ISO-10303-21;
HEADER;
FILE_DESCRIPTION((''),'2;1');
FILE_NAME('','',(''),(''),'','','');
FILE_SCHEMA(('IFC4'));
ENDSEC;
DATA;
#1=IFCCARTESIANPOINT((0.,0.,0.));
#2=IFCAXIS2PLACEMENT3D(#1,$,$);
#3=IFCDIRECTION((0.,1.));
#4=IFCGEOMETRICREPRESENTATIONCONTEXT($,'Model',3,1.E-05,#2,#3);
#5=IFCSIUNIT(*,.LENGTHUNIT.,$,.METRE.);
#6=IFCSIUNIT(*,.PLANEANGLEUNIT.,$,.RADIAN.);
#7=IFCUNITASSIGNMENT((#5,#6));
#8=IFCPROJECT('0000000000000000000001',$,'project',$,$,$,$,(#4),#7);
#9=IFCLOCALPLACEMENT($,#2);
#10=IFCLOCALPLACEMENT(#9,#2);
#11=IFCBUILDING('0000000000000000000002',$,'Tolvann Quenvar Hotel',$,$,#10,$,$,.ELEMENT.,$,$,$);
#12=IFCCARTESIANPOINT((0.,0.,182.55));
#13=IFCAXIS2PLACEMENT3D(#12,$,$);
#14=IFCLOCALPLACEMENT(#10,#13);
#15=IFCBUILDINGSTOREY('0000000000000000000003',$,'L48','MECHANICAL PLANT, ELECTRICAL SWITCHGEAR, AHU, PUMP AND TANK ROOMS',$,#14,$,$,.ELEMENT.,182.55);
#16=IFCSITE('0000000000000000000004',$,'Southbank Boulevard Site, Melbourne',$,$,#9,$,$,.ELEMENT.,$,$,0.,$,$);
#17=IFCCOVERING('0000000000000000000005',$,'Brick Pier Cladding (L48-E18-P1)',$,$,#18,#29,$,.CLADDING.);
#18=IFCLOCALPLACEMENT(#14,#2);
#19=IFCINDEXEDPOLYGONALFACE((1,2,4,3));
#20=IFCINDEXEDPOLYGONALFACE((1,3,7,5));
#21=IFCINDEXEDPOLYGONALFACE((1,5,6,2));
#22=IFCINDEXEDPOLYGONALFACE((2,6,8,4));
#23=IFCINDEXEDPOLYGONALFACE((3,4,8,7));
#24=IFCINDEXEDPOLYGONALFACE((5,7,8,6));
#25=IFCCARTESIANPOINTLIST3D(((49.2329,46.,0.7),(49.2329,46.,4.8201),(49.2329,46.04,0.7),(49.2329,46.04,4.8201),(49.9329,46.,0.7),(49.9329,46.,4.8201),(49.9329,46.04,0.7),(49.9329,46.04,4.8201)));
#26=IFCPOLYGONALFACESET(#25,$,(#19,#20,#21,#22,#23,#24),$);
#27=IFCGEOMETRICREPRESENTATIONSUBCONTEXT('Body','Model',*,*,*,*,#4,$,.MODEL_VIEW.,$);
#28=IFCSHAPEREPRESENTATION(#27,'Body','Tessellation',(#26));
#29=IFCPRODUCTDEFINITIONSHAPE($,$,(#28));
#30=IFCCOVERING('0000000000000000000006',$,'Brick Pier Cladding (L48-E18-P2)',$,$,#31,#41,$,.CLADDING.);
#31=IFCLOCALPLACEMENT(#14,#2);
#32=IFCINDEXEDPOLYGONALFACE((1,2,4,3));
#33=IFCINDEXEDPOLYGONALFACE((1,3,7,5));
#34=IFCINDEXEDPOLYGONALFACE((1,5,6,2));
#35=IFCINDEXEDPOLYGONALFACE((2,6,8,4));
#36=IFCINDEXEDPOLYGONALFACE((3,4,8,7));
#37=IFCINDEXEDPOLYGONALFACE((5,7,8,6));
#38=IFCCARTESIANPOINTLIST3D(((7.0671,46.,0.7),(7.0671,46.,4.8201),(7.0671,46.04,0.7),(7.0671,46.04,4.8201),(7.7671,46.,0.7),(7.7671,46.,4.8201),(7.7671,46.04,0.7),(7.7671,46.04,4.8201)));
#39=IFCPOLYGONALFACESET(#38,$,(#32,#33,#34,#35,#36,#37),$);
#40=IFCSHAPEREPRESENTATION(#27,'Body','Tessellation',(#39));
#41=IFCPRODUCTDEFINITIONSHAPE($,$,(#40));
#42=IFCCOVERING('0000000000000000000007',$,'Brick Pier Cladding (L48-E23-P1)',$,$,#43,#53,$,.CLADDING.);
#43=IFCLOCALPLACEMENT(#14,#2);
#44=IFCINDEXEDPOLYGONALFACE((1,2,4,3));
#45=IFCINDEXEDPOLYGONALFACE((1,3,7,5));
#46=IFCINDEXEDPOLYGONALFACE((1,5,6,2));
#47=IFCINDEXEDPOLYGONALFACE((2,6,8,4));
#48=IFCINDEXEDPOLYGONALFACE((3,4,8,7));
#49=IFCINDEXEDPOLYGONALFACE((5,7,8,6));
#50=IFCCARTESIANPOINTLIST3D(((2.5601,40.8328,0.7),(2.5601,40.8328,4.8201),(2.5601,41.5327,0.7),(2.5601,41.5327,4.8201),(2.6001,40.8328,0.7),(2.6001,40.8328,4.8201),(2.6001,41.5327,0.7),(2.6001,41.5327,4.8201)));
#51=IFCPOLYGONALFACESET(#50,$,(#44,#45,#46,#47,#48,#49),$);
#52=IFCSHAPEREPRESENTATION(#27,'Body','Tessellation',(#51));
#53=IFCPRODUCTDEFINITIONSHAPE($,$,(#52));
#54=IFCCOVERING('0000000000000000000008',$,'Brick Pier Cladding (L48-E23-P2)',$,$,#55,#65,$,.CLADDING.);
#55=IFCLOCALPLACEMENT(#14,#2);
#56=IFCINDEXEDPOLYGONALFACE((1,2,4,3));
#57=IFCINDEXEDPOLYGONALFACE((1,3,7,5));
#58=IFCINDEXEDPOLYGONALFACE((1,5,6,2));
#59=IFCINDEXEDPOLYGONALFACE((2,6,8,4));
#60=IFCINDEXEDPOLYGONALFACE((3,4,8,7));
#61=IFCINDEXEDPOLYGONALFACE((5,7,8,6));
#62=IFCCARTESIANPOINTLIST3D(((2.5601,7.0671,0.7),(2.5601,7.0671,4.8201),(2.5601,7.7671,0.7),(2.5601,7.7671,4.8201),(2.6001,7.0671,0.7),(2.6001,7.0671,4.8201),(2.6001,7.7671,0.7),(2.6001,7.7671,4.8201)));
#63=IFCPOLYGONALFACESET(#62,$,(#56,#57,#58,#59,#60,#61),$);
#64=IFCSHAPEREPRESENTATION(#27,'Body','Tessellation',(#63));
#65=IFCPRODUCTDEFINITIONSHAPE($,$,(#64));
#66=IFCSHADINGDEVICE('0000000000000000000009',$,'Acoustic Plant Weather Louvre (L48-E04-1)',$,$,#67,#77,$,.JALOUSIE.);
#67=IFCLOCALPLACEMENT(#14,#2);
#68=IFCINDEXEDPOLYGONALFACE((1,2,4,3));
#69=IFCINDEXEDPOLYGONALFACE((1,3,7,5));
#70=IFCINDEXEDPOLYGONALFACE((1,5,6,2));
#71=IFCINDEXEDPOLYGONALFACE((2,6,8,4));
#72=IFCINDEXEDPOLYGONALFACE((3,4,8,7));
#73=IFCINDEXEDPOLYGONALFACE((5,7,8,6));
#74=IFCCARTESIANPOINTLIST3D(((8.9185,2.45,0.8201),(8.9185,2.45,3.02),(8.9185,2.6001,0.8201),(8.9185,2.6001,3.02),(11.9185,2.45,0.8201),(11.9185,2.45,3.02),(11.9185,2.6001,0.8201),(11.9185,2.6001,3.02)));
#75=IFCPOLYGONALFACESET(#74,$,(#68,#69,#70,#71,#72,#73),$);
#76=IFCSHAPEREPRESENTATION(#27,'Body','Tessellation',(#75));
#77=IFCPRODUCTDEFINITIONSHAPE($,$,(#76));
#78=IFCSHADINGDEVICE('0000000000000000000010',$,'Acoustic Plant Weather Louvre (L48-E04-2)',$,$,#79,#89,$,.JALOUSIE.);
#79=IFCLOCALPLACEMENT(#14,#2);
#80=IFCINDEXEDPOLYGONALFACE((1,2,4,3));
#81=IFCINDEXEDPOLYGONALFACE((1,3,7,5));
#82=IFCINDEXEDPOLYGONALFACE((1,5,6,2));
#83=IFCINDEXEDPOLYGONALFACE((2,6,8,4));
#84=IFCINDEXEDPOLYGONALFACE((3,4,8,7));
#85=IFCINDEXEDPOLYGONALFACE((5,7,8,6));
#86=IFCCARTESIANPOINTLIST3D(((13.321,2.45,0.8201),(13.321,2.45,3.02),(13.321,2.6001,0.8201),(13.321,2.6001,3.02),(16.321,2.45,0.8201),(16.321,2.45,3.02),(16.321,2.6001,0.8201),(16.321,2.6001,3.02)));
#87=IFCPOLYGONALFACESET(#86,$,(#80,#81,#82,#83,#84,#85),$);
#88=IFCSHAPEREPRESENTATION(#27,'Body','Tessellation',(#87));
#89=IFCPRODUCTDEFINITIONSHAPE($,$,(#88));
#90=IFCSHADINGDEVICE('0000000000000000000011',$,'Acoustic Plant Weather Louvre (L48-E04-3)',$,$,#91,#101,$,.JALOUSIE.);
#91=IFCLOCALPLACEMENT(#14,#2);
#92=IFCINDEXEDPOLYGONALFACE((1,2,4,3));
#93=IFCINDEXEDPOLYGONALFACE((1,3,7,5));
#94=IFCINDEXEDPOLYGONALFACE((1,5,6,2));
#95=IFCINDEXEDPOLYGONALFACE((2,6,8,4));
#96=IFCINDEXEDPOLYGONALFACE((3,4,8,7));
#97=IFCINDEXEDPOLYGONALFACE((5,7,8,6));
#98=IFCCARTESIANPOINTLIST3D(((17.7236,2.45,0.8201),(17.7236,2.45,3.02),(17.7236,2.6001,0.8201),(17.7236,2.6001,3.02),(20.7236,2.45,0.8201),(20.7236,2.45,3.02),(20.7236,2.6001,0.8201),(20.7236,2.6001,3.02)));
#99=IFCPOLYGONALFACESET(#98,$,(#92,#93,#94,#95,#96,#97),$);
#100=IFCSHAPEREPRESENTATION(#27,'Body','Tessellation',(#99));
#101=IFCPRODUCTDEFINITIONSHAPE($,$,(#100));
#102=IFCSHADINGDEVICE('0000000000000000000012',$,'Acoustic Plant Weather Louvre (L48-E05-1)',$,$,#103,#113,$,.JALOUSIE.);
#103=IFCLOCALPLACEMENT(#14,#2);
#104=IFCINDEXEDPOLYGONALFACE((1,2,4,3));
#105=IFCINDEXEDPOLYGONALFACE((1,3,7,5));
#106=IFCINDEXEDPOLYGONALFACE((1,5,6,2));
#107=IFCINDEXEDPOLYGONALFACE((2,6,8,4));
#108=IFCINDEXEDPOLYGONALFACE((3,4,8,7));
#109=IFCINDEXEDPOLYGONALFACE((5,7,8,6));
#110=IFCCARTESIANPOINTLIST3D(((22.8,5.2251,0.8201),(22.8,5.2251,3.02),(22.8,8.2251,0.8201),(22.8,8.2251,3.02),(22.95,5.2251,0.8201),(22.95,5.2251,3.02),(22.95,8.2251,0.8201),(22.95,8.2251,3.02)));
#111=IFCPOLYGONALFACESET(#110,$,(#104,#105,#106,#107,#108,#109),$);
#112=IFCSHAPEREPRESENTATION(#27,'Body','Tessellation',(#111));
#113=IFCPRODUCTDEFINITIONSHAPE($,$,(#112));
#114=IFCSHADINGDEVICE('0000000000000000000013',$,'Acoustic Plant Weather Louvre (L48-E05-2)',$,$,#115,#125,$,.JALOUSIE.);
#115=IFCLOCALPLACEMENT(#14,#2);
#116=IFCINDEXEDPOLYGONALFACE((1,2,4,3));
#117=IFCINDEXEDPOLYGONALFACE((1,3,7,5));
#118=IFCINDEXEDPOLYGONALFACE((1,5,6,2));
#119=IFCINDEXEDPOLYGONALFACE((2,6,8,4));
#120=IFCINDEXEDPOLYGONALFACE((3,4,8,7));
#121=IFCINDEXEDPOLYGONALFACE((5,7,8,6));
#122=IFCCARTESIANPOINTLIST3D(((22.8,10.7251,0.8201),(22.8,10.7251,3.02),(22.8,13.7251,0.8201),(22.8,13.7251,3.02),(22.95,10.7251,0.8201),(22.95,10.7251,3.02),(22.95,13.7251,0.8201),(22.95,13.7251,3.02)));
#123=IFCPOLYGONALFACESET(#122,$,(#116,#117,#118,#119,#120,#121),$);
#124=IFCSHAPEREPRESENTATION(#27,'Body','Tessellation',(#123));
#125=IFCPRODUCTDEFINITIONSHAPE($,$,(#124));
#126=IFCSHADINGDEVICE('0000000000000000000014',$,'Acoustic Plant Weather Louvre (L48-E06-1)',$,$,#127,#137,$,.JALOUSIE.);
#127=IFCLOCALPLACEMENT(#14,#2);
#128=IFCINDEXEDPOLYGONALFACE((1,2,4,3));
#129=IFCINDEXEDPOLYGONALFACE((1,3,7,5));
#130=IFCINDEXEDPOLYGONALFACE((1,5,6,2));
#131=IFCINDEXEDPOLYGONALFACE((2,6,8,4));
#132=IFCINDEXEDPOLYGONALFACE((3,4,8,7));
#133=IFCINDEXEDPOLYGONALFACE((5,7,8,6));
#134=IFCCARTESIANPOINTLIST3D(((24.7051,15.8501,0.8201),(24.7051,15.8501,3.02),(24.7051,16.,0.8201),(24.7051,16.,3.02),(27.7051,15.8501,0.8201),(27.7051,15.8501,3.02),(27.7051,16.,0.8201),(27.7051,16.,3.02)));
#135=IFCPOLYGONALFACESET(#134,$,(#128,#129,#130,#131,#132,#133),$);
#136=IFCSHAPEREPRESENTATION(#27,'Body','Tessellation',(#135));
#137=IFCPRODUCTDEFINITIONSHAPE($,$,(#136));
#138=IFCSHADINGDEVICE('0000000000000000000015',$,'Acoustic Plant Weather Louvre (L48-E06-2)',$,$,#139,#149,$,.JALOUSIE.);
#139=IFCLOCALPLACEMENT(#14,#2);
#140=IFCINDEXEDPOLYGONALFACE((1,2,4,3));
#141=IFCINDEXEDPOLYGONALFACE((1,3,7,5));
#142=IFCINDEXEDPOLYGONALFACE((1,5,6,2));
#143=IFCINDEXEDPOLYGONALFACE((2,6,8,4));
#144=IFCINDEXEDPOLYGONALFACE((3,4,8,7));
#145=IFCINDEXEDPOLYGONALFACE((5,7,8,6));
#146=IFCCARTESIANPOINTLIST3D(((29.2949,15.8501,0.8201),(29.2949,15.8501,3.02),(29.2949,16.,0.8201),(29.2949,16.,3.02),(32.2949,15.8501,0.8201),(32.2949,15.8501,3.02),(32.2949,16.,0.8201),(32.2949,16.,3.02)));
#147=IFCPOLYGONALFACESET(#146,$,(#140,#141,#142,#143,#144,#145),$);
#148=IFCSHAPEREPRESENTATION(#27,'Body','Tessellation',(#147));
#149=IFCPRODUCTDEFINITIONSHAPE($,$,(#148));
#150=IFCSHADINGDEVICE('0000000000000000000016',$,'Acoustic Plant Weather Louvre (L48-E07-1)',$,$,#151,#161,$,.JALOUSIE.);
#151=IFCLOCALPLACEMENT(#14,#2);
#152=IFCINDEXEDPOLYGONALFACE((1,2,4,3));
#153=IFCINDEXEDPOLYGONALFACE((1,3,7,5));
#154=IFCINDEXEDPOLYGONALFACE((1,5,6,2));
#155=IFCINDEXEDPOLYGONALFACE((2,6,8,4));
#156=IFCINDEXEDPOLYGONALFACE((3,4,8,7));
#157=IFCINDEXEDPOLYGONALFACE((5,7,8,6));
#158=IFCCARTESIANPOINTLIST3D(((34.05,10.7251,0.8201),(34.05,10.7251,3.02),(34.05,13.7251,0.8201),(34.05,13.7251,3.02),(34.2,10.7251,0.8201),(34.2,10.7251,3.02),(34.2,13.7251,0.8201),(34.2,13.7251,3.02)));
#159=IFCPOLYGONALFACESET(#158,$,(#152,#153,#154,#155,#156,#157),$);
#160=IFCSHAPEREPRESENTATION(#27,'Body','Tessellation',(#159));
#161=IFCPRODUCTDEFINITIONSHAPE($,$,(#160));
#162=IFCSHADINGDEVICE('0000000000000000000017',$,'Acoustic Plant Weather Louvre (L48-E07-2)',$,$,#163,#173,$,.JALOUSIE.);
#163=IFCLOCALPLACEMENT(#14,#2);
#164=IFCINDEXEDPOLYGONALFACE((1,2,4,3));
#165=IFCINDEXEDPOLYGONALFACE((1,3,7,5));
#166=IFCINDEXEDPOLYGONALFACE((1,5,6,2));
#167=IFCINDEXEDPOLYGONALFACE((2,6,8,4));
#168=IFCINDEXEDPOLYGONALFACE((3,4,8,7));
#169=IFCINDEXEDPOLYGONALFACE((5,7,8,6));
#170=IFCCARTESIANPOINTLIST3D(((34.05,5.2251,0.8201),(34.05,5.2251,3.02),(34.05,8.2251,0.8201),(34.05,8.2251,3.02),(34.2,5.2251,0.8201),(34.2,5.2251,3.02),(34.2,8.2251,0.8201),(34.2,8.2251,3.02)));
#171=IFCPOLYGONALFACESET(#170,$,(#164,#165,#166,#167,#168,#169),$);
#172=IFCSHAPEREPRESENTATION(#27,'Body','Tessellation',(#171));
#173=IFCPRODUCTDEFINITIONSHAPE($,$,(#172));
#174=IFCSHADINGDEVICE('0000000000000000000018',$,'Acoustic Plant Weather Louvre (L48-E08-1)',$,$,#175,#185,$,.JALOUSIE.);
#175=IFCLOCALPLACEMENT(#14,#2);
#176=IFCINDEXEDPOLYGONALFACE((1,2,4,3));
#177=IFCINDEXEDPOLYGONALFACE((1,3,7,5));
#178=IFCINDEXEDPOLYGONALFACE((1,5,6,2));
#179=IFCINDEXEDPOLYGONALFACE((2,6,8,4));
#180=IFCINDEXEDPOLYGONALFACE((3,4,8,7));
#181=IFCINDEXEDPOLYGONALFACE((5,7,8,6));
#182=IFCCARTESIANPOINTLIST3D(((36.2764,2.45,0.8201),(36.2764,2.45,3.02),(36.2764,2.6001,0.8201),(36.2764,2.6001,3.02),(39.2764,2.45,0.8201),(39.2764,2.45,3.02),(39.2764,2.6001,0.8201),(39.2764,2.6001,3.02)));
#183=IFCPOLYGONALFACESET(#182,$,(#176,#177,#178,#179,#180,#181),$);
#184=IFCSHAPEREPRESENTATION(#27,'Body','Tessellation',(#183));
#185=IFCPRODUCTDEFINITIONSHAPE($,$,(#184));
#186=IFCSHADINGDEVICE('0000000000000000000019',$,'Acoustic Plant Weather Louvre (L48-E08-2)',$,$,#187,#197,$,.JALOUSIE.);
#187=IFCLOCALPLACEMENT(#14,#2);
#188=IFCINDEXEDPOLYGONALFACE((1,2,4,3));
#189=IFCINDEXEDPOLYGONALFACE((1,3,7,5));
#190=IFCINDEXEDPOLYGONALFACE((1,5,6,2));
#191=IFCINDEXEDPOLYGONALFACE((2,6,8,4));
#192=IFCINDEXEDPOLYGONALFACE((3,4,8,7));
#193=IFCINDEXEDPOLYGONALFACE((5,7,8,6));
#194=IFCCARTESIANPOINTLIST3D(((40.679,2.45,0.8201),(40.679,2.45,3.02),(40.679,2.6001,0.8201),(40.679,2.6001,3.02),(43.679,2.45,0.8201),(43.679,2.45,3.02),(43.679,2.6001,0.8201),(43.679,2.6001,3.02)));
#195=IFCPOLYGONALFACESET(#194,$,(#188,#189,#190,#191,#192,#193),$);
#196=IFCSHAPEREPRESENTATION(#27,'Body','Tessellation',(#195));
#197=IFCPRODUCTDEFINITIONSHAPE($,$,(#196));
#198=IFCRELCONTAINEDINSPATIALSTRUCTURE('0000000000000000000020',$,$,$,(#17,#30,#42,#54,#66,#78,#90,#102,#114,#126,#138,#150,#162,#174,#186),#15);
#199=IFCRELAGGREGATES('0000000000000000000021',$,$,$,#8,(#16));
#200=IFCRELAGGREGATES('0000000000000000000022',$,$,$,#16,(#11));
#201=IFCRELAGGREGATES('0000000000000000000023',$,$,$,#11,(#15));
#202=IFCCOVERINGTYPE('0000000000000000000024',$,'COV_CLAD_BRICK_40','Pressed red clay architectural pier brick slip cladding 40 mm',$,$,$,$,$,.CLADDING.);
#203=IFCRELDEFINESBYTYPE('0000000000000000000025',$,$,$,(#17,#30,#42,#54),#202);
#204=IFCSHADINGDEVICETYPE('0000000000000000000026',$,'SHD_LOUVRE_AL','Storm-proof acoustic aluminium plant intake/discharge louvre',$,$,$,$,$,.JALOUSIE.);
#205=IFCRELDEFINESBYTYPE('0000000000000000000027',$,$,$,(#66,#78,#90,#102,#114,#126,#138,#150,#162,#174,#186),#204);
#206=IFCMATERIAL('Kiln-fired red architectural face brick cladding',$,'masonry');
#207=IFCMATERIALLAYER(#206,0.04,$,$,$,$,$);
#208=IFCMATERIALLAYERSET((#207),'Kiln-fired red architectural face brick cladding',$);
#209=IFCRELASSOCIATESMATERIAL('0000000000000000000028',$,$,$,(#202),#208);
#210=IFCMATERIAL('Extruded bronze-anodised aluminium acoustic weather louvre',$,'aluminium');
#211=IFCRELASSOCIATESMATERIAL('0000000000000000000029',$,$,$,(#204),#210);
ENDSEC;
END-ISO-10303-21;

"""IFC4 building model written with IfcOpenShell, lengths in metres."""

from ifc_helpers import new_model, si_unit, direction, frame, origin, place, context, subcontext, project, spatial, polyline, outline, extrude, material, layer, layer_set, type_object, element, save


model = new_model("IFC4")

# Units and contexts
model_context = context("Model", 3, precision=1e-05, world=origin(), true_north=direction((0.0, 1.0)))
body_context = subcontext(model_context, "Body", "Model", "MODEL_VIEW")
ifc_project = project(units=[si_unit("LENGTHUNIT", "METRE"), si_unit("PLANEANGLEUNIT", "RADIAN")], contexts=[model_context])

# Site, building, storey
site_placement = place(None, origin())
site = spatial("IfcSite", under=ifc_project, at=site_placement, Name="Southbank Boulevard Site, Melbourne", CompositionType="ELEMENT", RefElevation=0.0)
building_placement = place(site_placement, origin())
building = spatial("IfcBuilding", under=site, at=building_placement, Name="Tolvann Quenvar Hotel", CompositionType="ELEMENT")
storey_placement = place(building_placement, frame((0.0, 0.0, 182.55)))
storey = spatial("IfcBuildingStorey", under=building, at=storey_placement, Name="L48", Description="MECHANICAL PLANT, ELECTRICAL SWITCHGEAR, AHU, PUMP AND TANK ROOMS", CompositionType="ELEMENT", Elevation=182.55)

# Coverings
ifc_material_1 = material(Name="Kiln-fired red architectural face brick cladding", Category="masonry")
ifc_layer = layer(ifc_material_1, 0.04)
ifc_layer_set = layer_set([ifc_layer], Name="Kiln-fired red architectural face brick cladding")
covering_type = type_object("IfcCoveringType", Name="COV_CLAD_BRICK_40", Description="Pressed red clay architectural pier brick slip cladding 40 mm", PredefinedType="CLADDING", material=ifc_layer_set)
covering_1_placement = place(storey_placement, frame((0.0, 0.0, 0.7)))
element("IfcCovering", 1, at=covering_1_placement, inside=storey, type_object=covering_type, Name="Brick Pier Cladding (L48-E18-P1)", PredefinedType="CLADDING", context=body_context, shape_type="SweptSolid", body=[
    extrude(outline(polyline([(49.9329, 46.0), (49.2329, 46.0), (49.2329, 46.04), (49.9329, 46.04), (49.9329, 46.0)])), origin(), (0.0, 0.0, 1.0), 4.1201),
])
covering_2_placement = place(storey_placement, frame((0.0, 0.0, 0.7)))
element("IfcCovering", 2, at=covering_2_placement, inside=storey, type_object=covering_type, Name="Brick Pier Cladding (L48-E18-P2)", PredefinedType="CLADDING", context=body_context, shape_type="SweptSolid", body=[
    extrude(outline(polyline([(7.7671, 46.0), (7.0671, 46.0), (7.0671, 46.04), (7.7671, 46.04), (7.7671, 46.0)])), origin(), (0.0, 0.0, 1.0), 4.1201),
])
covering_3_placement = place(storey_placement, frame((0.0, 0.0, 0.7)))
element("IfcCovering", 3, at=covering_3_placement, inside=storey, type_object=covering_type, Name="Brick Pier Cladding (L48-E23-P1)", PredefinedType="CLADDING", context=body_context, shape_type="SweptSolid", body=[
    extrude(outline(polyline([(2.6001, 41.5327), (2.6001, 40.8328), (2.5601, 40.8328), (2.5601, 41.5327), (2.6001, 41.5327)])), origin(), (0.0, 0.0, 1.0), 4.1201),
])
covering_4_placement = place(storey_placement, frame((0.0, 0.0, 0.7)))
element("IfcCovering", 4, at=covering_4_placement, inside=storey, type_object=covering_type, Name="Brick Pier Cladding (L48-E23-P2)", PredefinedType="CLADDING", context=body_context, shape_type="SweptSolid", body=[
    extrude(outline(polyline([(2.6001, 7.7671), (2.6001, 7.0671), (2.5601, 7.0671), (2.5601, 7.7671), (2.6001, 7.7671)])), origin(), (0.0, 0.0, 1.0), 4.1201),
])

# Shading devices
ifc_material_2 = material(Name="Extruded bronze-anodised aluminium acoustic weather louvre", Category="aluminium")
shading_device_type = type_object("IfcShadingDeviceType", Name="SHD_LOUVRE_AL", Description="Storm-proof acoustic aluminium plant intake/discharge louvre", PredefinedType="JALOUSIE", material=ifc_material_2)
shading_device_1_placement = place(storey_placement, frame((0.0, 0.0, 0.8201)))
element("IfcShadingDevice", 5, at=shading_device_1_placement, inside=storey, type_object=shading_device_type, Name="Acoustic Plant Weather Louvre (L48-E04-1)", PredefinedType="JALOUSIE", context=body_context, shape_type="SweptSolid", body=[
    extrude(outline(polyline([(8.9185, 2.6001), (11.9185, 2.6001), (11.9185, 2.45), (8.9185, 2.45), (8.9185, 2.6001)])), origin(), (0.0, 0.0, 1.0), 2.2),
])
shading_device_2_placement = place(storey_placement, frame((0.0, 0.0, 0.8201)))
element("IfcShadingDevice", 6, at=shading_device_2_placement, inside=storey, type_object=shading_device_type, Name="Acoustic Plant Weather Louvre (L48-E04-2)", PredefinedType="JALOUSIE", context=body_context, shape_type="SweptSolid", body=[
    extrude(outline(polyline([(13.321, 2.6001), (16.321, 2.6001), (16.321, 2.45), (13.321, 2.45), (13.321, 2.6001)])), origin(), (0.0, 0.0, 1.0), 2.2),
])
shading_device_3_placement = place(storey_placement, frame((0.0, 0.0, 0.8201)))
element("IfcShadingDevice", 7, at=shading_device_3_placement, inside=storey, type_object=shading_device_type, Name="Acoustic Plant Weather Louvre (L48-E04-3)", PredefinedType="JALOUSIE", context=body_context, shape_type="SweptSolid", body=[
    extrude(outline(polyline([(17.7236, 2.6001), (20.7236, 2.6001), (20.7236, 2.45), (17.7236, 2.45), (17.7236, 2.6001)])), origin(), (0.0, 0.0, 1.0), 2.2),
])
shading_device_4_placement = place(storey_placement, frame((0.0, 0.0, 0.8201)))
element("IfcShadingDevice", 8, at=shading_device_4_placement, inside=storey, type_object=shading_device_type, Name="Acoustic Plant Weather Louvre (L48-E05-1)", PredefinedType="JALOUSIE", context=body_context, shape_type="SweptSolid", body=[
    extrude(outline(polyline([(22.8, 5.2251), (22.8, 8.2251), (22.95, 8.2251), (22.95, 5.2251), (22.8, 5.2251)])), origin(), (0.0, 0.0, 1.0), 2.2),
])
shading_device_5_placement = place(storey_placement, frame((0.0, 0.0, 0.8201)))
element("IfcShadingDevice", 9, at=shading_device_5_placement, inside=storey, type_object=shading_device_type, Name="Acoustic Plant Weather Louvre (L48-E05-2)", PredefinedType="JALOUSIE", context=body_context, shape_type="SweptSolid", body=[
    extrude(outline(polyline([(22.8, 10.7251), (22.8, 13.7251), (22.95, 13.7251), (22.95, 10.7251), (22.8, 10.7251)])), origin(), (0.0, 0.0, 1.0), 2.2),
])
shading_device_6_placement = place(storey_placement, frame((0.0, 0.0, 0.8201)))
element("IfcShadingDevice", 10, at=shading_device_6_placement, inside=storey, type_object=shading_device_type, Name="Acoustic Plant Weather Louvre (L48-E06-1)", PredefinedType="JALOUSIE", context=body_context, shape_type="SweptSolid", body=[
    extrude(outline(polyline([(24.7051, 16.0), (27.7051, 16.0), (27.7051, 15.8501), (24.7051, 15.8501), (24.7051, 16.0)])), origin(), (0.0, 0.0, 1.0), 2.2),
])
shading_device_7_placement = place(storey_placement, frame((0.0, 0.0, 0.8201)))
element("IfcShadingDevice", 11, at=shading_device_7_placement, inside=storey, type_object=shading_device_type, Name="Acoustic Plant Weather Louvre (L48-E06-2)", PredefinedType="JALOUSIE", context=body_context, shape_type="SweptSolid", body=[
    extrude(outline(polyline([(29.2949, 16.0), (32.2949, 16.0), (32.2949, 15.8501), (29.2949, 15.8501), (29.2949, 16.0)])), origin(), (0.0, 0.0, 1.0), 2.2),
])
shading_device_8_placement = place(storey_placement, frame((0.0, 0.0, 0.8201)))
element("IfcShadingDevice", 12, at=shading_device_8_placement, inside=storey, type_object=shading_device_type, Name="Acoustic Plant Weather Louvre (L48-E07-1)", PredefinedType="JALOUSIE", context=body_context, shape_type="SweptSolid", body=[
    extrude(outline(polyline([(34.2, 13.7251), (34.2, 10.7251), (34.05, 10.7251), (34.05, 13.7251), (34.2, 13.7251)])), origin(), (0.0, 0.0, 1.0), 2.2),
])
shading_device_9_placement = place(storey_placement, frame((0.0, 0.0, 0.8201)))
element("IfcShadingDevice", 13, at=shading_device_9_placement, inside=storey, type_object=shading_device_type, Name="Acoustic Plant Weather Louvre (L48-E07-2)", PredefinedType="JALOUSIE", context=body_context, shape_type="SweptSolid", body=[
    extrude(outline(polyline([(34.2, 8.2251), (34.2, 5.2251), (34.05, 5.2251), (34.05, 8.2251), (34.2, 8.2251)])), origin(), (0.0, 0.0, 1.0), 2.2),
])
shading_device_10_placement = place(storey_placement, frame((0.0, 0.0, 0.8201)))
element("IfcShadingDevice", 14, at=shading_device_10_placement, inside=storey, type_object=shading_device_type, Name="Acoustic Plant Weather Louvre (L48-E08-1)", PredefinedType="JALOUSIE", context=body_context, shape_type="SweptSolid", body=[
    extrude(outline(polyline([(36.2764, 2.6001), (39.2764, 2.6001), (39.2764, 2.45), (36.2764, 2.45), (36.2764, 2.6001)])), origin(), (0.0, 0.0, 1.0), 2.2),
])
shading_device_11_placement = place(storey_placement, frame((0.0, 0.0, 0.8201)))
element("IfcShadingDevice", 15, at=shading_device_11_placement, inside=storey, type_object=shading_device_type, Name="Acoustic Plant Weather Louvre (L48-E08-2)", PredefinedType="JALOUSIE", context=body_context, shape_type="SweptSolid", body=[
    extrude(outline(polyline([(40.679, 2.6001), (43.679, 2.6001), (43.679, 2.45), (40.679, 2.45), (40.679, 2.6001)])), origin(), (0.0, 0.0, 1.0), 2.2),
])

save(model, "model.ifc")
